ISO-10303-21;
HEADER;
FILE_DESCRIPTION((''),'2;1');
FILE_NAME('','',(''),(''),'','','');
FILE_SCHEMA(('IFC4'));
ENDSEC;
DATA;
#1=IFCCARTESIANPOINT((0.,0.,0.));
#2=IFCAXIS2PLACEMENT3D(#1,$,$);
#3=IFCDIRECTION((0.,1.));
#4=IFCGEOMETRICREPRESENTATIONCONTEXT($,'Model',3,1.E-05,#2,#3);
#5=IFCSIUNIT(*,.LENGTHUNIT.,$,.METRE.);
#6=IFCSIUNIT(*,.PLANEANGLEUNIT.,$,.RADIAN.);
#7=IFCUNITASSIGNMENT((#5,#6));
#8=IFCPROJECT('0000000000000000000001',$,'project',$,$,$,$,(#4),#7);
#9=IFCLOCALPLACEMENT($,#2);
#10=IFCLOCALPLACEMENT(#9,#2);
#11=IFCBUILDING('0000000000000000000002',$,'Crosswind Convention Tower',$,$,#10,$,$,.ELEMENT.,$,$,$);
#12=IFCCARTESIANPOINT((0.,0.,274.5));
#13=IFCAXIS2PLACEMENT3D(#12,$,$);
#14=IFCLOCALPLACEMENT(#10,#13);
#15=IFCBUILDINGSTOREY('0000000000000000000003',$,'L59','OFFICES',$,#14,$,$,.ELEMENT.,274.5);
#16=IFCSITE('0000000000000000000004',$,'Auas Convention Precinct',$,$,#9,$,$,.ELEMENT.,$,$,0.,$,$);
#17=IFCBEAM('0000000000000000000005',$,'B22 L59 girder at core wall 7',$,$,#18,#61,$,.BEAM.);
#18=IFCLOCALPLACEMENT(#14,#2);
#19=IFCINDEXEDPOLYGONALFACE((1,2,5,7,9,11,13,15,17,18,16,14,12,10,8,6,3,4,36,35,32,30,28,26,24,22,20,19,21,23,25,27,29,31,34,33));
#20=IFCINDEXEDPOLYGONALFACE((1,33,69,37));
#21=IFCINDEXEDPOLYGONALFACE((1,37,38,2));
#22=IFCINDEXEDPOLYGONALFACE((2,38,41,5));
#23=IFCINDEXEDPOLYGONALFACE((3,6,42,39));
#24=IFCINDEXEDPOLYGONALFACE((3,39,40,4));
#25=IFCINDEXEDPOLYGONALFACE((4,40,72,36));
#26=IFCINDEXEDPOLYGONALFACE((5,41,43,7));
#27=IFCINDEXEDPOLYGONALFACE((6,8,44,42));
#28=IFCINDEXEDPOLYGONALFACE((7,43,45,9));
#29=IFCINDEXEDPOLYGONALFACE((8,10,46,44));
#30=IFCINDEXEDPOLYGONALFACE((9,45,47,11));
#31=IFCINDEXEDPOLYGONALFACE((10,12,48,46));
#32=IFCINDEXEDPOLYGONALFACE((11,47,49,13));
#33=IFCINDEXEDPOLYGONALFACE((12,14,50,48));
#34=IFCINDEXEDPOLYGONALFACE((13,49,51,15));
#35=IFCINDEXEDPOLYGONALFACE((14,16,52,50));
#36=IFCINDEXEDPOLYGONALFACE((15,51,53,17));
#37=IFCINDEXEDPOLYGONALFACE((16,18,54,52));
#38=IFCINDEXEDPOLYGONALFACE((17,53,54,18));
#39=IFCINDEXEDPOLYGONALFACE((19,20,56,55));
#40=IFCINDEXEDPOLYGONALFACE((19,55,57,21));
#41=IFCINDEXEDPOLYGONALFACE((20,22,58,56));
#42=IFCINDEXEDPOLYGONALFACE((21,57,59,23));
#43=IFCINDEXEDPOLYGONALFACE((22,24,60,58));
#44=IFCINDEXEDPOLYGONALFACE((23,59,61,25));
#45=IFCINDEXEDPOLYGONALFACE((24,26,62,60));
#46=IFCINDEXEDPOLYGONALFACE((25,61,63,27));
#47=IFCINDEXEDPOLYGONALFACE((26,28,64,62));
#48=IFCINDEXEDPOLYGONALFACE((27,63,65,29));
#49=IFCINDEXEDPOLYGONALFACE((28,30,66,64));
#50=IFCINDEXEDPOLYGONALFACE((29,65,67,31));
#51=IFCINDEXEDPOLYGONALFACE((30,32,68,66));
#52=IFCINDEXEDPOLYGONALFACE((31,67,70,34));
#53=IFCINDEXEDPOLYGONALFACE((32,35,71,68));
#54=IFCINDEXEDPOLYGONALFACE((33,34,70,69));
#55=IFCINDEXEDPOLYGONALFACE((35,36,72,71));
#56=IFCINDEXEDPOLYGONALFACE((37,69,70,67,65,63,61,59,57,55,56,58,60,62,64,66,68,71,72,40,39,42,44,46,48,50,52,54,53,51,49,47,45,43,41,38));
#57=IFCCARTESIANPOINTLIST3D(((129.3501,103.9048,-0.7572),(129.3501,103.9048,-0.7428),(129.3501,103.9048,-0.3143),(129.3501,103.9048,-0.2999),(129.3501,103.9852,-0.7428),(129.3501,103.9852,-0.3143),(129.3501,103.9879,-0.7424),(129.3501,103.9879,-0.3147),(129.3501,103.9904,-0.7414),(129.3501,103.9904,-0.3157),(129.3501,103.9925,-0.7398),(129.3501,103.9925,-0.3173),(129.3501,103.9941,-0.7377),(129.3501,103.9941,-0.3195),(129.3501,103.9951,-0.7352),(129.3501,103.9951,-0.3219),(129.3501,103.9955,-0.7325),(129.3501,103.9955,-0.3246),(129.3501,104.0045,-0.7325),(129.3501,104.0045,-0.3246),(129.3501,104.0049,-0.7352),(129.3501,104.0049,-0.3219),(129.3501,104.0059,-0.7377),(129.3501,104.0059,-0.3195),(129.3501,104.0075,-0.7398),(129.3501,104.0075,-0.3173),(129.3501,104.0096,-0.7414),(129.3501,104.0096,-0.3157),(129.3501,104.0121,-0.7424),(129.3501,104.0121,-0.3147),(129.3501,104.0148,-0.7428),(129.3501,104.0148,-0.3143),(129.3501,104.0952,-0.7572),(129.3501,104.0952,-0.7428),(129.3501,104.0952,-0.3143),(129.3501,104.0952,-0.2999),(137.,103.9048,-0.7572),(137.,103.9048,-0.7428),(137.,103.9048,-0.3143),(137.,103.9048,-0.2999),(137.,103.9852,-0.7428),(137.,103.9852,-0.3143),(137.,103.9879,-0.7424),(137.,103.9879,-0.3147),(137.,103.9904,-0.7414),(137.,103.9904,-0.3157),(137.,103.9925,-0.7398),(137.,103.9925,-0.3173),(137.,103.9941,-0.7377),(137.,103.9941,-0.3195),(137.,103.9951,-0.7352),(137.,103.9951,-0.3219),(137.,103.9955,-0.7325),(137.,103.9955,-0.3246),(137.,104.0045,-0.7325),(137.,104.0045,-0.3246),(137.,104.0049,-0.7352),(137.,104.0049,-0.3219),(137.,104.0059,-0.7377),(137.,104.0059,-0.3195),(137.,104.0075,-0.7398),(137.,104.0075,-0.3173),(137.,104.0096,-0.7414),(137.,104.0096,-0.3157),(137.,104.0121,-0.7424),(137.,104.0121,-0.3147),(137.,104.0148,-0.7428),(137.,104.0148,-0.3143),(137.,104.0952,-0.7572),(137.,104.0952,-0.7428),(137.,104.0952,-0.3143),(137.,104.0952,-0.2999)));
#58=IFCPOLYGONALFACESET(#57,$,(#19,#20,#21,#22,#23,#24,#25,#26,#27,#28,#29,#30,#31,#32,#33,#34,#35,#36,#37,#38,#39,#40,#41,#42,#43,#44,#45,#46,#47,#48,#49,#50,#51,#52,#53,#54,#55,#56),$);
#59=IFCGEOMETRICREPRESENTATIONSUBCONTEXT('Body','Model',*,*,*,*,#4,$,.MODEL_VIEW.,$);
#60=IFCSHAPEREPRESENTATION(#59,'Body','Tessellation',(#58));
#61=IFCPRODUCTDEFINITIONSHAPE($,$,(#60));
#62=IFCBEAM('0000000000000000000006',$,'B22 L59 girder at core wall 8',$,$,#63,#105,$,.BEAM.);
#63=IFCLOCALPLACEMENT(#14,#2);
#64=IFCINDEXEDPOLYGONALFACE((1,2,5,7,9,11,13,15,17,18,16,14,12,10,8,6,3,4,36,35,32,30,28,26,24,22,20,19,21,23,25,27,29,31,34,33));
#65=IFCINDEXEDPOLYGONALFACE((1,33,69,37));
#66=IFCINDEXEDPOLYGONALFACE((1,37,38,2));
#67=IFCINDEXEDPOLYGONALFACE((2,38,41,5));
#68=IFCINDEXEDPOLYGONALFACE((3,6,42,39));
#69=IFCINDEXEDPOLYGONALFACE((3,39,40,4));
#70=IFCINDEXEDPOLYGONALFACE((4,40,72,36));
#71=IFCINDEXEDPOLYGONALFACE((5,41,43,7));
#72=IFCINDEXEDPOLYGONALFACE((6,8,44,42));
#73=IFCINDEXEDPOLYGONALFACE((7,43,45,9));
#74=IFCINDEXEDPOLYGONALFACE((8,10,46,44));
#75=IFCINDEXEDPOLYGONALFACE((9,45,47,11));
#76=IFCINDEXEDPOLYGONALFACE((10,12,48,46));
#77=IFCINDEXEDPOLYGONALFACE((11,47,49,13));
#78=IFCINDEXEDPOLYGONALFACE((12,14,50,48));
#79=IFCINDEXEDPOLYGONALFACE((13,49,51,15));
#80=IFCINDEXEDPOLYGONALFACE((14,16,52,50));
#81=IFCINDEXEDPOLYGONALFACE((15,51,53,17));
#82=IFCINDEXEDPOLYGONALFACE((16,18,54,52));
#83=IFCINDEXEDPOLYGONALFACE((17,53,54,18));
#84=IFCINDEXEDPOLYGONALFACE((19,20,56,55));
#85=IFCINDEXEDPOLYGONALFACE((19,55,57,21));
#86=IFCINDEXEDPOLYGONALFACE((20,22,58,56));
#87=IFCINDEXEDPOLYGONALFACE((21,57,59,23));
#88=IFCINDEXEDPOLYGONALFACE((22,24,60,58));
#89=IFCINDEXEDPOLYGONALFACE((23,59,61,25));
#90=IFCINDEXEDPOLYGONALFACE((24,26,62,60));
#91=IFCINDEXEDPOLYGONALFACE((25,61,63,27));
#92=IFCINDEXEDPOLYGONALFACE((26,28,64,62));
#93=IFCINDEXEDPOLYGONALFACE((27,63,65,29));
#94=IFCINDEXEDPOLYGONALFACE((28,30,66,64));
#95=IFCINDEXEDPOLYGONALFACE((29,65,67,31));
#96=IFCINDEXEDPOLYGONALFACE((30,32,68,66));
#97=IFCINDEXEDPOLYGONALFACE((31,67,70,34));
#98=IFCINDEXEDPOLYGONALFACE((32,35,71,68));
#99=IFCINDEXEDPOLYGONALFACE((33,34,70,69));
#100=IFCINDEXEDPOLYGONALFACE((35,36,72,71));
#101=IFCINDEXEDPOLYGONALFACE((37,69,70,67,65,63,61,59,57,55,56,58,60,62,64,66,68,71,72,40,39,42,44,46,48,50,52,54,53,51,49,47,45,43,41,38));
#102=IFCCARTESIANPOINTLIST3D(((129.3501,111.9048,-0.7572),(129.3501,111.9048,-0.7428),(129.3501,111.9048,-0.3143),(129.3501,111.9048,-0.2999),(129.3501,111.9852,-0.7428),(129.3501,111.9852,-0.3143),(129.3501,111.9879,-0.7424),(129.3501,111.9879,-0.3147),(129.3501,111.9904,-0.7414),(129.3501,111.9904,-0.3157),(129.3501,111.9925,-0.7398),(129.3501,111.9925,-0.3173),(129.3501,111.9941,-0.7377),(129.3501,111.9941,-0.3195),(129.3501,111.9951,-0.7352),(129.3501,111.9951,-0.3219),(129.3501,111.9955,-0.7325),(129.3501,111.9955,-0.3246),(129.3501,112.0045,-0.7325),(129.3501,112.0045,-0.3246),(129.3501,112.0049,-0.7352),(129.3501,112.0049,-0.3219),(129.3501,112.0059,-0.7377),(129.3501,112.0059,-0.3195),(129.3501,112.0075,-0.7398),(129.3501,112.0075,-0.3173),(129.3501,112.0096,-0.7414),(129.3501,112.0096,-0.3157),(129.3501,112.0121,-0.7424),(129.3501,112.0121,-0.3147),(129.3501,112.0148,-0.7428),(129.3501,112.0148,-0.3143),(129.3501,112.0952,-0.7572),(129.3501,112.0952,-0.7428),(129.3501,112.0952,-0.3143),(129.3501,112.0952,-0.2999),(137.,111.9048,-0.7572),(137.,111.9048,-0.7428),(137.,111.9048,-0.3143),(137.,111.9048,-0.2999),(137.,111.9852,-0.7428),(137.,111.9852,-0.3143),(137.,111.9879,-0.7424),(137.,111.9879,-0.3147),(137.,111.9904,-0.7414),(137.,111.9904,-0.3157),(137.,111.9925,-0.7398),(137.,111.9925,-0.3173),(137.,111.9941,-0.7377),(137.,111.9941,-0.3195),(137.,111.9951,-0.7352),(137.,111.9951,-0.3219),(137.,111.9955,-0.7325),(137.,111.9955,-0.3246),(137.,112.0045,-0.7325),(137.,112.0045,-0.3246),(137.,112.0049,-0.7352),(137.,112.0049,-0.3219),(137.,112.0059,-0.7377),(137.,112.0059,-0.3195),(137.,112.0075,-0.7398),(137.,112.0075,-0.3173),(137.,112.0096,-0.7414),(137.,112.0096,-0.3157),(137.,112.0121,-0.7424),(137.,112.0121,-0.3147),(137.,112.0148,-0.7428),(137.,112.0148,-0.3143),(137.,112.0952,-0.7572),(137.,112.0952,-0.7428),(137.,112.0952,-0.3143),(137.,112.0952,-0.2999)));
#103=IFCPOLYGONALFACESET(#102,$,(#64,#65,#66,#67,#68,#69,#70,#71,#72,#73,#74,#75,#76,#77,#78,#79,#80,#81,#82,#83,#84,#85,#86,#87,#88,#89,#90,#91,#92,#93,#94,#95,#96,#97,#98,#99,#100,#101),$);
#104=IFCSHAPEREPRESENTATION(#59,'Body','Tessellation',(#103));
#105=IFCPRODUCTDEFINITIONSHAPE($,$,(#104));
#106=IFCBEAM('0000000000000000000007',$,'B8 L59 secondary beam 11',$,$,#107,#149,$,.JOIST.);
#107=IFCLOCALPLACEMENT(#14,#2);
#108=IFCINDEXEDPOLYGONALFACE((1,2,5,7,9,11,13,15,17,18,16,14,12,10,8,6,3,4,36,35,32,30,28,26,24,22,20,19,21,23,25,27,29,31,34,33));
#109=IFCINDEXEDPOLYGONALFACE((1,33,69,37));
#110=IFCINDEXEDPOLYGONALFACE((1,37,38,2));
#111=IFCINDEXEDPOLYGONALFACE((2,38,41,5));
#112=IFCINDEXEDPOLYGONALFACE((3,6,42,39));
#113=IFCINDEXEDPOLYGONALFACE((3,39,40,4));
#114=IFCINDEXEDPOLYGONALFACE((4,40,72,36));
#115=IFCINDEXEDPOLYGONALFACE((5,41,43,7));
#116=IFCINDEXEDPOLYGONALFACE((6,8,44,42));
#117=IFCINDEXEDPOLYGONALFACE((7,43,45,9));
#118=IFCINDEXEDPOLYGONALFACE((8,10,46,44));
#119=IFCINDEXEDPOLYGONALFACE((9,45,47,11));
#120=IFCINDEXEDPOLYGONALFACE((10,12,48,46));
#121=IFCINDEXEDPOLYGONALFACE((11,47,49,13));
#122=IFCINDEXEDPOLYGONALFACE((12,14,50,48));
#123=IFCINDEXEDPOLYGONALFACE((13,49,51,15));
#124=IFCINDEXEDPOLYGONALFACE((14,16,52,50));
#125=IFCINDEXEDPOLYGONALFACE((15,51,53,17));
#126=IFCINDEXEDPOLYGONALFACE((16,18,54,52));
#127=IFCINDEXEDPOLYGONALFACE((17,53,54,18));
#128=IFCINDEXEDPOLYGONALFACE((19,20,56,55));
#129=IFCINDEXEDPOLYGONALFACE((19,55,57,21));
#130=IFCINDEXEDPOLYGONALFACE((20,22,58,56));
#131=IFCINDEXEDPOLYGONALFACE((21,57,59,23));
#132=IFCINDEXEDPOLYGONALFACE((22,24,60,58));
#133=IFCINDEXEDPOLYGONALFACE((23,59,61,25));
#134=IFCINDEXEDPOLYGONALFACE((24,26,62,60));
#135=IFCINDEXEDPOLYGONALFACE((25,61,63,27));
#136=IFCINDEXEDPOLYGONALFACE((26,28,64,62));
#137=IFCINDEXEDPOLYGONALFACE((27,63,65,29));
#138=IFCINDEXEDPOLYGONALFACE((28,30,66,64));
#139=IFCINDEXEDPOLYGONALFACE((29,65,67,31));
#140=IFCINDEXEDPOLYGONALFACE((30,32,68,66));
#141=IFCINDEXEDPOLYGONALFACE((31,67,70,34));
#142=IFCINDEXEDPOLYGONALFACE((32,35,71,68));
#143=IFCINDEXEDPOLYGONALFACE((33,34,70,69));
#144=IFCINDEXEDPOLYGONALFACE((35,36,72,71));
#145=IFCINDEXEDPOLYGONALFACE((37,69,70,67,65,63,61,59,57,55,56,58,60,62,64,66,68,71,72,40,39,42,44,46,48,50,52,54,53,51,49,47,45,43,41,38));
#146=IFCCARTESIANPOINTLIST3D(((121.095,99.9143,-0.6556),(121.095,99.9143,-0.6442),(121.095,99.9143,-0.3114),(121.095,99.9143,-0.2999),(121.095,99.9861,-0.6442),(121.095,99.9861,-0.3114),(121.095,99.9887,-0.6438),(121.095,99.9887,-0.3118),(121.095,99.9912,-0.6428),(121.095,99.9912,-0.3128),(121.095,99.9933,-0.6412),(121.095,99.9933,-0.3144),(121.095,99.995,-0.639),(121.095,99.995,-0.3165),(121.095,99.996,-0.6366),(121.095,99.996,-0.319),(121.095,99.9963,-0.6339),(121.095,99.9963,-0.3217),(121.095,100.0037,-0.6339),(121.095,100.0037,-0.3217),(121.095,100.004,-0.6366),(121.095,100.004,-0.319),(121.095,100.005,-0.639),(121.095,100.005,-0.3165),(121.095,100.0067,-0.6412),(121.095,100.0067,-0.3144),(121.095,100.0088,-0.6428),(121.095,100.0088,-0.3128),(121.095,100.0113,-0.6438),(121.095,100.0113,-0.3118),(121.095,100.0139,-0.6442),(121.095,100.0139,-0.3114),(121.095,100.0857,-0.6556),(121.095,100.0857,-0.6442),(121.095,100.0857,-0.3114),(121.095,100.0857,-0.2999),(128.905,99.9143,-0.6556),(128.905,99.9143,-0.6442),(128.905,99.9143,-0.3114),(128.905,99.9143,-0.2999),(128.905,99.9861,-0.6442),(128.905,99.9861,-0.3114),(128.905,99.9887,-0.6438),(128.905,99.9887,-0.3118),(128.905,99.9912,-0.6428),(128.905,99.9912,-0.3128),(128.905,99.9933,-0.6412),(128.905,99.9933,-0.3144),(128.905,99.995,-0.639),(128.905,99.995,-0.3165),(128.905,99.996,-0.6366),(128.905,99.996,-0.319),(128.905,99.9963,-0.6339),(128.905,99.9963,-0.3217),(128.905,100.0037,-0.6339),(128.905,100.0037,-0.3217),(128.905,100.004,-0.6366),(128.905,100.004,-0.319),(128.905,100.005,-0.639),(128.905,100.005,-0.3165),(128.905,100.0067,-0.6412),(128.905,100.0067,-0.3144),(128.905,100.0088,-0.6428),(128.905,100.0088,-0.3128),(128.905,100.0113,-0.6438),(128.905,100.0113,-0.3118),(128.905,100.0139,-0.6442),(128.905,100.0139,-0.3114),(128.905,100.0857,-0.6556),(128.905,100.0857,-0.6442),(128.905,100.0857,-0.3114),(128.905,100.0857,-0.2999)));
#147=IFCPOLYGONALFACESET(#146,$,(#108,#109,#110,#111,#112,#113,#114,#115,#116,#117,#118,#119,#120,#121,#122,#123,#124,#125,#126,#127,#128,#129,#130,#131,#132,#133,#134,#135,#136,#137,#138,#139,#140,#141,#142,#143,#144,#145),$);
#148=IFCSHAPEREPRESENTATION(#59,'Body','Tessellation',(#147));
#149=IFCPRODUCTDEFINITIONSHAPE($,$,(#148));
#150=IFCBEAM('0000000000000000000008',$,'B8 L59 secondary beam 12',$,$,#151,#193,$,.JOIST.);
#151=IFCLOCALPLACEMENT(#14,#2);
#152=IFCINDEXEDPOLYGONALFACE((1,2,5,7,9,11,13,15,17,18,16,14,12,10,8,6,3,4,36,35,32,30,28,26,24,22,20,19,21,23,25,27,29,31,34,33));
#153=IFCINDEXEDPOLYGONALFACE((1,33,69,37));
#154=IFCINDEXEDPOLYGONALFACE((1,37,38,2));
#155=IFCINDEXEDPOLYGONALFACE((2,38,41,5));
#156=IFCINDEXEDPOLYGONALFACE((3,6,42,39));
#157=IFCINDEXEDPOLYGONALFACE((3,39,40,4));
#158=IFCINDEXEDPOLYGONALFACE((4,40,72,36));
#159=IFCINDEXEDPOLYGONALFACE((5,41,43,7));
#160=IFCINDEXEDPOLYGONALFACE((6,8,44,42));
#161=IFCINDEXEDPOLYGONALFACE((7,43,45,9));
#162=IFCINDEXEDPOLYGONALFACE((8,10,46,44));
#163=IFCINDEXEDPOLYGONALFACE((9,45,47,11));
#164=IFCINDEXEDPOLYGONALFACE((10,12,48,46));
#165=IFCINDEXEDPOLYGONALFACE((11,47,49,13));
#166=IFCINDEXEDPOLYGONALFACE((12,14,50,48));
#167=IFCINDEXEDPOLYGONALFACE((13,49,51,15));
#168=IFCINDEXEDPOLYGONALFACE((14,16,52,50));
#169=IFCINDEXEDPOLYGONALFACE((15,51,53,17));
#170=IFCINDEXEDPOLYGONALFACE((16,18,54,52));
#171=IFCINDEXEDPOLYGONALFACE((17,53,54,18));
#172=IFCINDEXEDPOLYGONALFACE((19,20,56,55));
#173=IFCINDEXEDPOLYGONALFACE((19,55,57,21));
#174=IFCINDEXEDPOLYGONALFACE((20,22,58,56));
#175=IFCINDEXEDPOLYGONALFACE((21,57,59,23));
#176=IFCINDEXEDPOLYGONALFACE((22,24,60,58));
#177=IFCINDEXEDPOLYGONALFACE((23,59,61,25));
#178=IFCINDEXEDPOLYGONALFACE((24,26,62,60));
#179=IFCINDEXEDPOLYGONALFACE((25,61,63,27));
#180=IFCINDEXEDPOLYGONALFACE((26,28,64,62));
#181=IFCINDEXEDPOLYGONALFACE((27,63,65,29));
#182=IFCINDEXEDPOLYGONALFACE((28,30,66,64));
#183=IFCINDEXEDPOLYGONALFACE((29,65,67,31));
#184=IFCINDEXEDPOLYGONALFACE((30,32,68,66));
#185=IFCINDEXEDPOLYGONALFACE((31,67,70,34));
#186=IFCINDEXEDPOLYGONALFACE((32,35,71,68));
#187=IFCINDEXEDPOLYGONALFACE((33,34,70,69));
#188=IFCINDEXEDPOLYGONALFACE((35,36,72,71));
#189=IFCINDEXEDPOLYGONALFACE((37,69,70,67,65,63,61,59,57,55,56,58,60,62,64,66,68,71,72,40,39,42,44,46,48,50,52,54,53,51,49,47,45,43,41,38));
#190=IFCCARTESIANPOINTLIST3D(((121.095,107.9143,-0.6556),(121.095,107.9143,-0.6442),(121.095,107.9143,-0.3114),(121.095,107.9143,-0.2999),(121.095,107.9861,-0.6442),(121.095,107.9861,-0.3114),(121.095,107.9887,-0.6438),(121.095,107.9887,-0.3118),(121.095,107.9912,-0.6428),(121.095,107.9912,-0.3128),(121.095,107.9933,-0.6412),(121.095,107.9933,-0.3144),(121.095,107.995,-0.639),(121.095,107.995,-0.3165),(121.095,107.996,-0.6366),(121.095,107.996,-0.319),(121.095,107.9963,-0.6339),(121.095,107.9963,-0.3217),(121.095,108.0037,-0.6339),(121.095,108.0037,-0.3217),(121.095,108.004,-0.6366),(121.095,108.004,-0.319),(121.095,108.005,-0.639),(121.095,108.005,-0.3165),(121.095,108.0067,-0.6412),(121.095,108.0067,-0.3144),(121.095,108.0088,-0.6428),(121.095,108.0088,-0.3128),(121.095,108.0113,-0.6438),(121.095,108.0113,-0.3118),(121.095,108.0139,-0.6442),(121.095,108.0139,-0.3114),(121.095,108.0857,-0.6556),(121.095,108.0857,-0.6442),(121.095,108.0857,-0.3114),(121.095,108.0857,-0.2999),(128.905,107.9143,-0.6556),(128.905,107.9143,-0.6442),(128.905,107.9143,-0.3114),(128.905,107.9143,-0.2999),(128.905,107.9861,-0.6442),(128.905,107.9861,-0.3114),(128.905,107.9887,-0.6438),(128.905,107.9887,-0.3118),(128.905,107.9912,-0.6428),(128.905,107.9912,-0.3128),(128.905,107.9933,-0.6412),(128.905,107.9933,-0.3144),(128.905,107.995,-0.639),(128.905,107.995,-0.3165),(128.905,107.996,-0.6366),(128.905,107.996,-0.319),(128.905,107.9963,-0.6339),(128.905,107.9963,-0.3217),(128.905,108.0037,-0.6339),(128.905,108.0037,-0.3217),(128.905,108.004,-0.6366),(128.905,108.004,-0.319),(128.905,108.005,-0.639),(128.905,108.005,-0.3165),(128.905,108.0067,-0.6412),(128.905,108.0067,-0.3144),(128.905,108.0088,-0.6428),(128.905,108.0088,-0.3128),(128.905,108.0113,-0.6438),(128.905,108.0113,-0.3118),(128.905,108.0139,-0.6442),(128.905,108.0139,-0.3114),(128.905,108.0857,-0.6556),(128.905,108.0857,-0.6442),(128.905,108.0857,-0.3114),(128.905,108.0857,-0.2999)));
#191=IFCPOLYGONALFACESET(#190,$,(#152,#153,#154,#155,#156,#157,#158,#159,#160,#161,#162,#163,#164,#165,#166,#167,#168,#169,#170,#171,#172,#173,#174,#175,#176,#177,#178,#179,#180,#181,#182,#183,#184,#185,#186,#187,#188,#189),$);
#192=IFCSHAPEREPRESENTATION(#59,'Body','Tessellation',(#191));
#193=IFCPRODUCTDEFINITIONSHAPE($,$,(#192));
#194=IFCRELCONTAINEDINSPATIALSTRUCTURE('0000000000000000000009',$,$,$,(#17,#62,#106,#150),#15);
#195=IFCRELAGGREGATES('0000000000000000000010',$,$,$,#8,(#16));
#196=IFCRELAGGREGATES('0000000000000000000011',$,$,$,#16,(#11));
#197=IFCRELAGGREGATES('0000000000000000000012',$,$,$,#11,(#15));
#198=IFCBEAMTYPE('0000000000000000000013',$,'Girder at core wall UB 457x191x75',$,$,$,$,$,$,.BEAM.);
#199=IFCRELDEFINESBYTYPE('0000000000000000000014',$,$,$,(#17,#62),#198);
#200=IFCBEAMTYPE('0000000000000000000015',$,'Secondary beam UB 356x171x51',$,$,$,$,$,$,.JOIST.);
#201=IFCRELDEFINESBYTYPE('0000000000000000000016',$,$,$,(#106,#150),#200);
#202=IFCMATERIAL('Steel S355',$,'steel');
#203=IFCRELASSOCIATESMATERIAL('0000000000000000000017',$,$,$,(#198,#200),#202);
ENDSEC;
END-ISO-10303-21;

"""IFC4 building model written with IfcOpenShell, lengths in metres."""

from ifc_helpers import new_model, si_unit, direction, frame, origin, origin_2d, place, context, subcontext, project, spatial, i_section, extrude, material, material_profile, profile_set, type_object, element, save


model = new_model("IFC4")

# Units and contexts
model_context = context("Model", 3, precision=1e-05, world=origin(), true_north=direction((0.0, 1.0)))
body_context = subcontext(model_context, "Body", "Model", "MODEL_VIEW")
ifc_project = project(units=[si_unit("LENGTHUNIT", "METRE"), si_unit("PLANEANGLEUNIT", "RADIAN")], contexts=[model_context])

# Site, building, storey
site_placement = place(None, origin())
site = spatial("IfcSite", under=ifc_project, at=site_placement, Name="Auas Convention Precinct", CompositionType="ELEMENT", RefElevation=0.0)
building_placement = place(site_placement, origin())
building = spatial("IfcBuilding", under=site, at=building_placement, Name="Crosswind Convention Tower", CompositionType="ELEMENT")
storey_placement = place(building_placement, frame((0.0, 0.0, 274.5)))
storey = spatial("IfcBuildingStorey", under=building, at=storey_placement, Name="L59", Description="OFFICES", CompositionType="ELEMENT", Elevation=274.5)

# Beams
ifc_material_1 = material(Name="Steel S355", Category="steel")
ifc_material_profile_1 = material_profile(ifc_material_1, i_section(OverallWidth=0.1904, OverallDepth=0.4573, WebThickness=0.009, FlangeThickness=0.0144, FilletRadius=0.0103, at=origin_2d()), Name="UB 457x191x75")
ifc_profile_set_1 = profile_set([ifc_material_profile_1], Name="Steel S355")
beam_type_1 = type_object("IfcBeamType", Name="Girder at core wall UB 457x191x75", PredefinedType="BEAM", material=ifc_profile_set_1)
for number, where, z_axis, x_axis, name in (
    (1, (129.3501, 104.0, -0.5286), (1.0, 0.0, 0.0), (0.0, 1.0, 0.0), "B22 L59 girder at core wall 7"),
    (2, (129.3501, 112.0, -0.5286), (1.0, 0.0, 0.0), (0.0, 1.0, 0.0), "B22 L59 girder at core wall 8"),
):
    element("IfcBeam", number, at=place(storey_placement, frame(where, z_axis=z_axis, x_axis=x_axis)), inside=storey, type_object=beam_type_1, Name=name, PredefinedType="BEAM", context=body_context, shape_type="SweptSolid", body=[
        extrude(i_section(OverallWidth=0.1904, OverallDepth=0.4573, WebThickness=0.009, FlangeThickness=0.0144, FilletRadius=0.0103, at=origin_2d()), origin(), (0.0, 0.0, 1.0), 7.6499),
    ])
ifc_material_profile_2 = material_profile(ifc_material_1, i_section(OverallWidth=0.1714, OverallDepth=0.3557, WebThickness=0.0073, FlangeThickness=0.0115, FilletRadius=0.0103, at=origin_2d()), Name="UB 356x171x51")
ifc_profile_set_2 = profile_set([ifc_material_profile_2], Name="Steel S355")
beam_type_2 = type_object("IfcBeamType", Name="Secondary beam UB 356x171x51", PredefinedType="JOIST", material=ifc_profile_set_2)
for number, where, z_axis, x_axis, name in (
    (3, (121.095, 100.0, -0.4778), (1.0, 0.0, 0.0), (0.0, 1.0, 0.0), "B8 L59 secondary beam 11"),
    (4, (121.095, 108.0, -0.4778), (1.0, 0.0, 0.0), (0.0, 1.0, 0.0), "B8 L59 secondary beam 12"),
):
    element("IfcBeam", number, at=place(storey_placement, frame(where, z_axis=z_axis, x_axis=x_axis)), inside=storey, type_object=beam_type_2, Name=name, PredefinedType="JOIST", context=body_context, shape_type="SweptSolid", body=[
        extrude(i_section(OverallWidth=0.1714, OverallDepth=0.3557, WebThickness=0.0073, FlangeThickness=0.0115, FilletRadius=0.0103, at=origin_2d()), origin(), (0.0, 0.0, 1.0), 7.8101),
    ])

save(model, "model.ifc")
